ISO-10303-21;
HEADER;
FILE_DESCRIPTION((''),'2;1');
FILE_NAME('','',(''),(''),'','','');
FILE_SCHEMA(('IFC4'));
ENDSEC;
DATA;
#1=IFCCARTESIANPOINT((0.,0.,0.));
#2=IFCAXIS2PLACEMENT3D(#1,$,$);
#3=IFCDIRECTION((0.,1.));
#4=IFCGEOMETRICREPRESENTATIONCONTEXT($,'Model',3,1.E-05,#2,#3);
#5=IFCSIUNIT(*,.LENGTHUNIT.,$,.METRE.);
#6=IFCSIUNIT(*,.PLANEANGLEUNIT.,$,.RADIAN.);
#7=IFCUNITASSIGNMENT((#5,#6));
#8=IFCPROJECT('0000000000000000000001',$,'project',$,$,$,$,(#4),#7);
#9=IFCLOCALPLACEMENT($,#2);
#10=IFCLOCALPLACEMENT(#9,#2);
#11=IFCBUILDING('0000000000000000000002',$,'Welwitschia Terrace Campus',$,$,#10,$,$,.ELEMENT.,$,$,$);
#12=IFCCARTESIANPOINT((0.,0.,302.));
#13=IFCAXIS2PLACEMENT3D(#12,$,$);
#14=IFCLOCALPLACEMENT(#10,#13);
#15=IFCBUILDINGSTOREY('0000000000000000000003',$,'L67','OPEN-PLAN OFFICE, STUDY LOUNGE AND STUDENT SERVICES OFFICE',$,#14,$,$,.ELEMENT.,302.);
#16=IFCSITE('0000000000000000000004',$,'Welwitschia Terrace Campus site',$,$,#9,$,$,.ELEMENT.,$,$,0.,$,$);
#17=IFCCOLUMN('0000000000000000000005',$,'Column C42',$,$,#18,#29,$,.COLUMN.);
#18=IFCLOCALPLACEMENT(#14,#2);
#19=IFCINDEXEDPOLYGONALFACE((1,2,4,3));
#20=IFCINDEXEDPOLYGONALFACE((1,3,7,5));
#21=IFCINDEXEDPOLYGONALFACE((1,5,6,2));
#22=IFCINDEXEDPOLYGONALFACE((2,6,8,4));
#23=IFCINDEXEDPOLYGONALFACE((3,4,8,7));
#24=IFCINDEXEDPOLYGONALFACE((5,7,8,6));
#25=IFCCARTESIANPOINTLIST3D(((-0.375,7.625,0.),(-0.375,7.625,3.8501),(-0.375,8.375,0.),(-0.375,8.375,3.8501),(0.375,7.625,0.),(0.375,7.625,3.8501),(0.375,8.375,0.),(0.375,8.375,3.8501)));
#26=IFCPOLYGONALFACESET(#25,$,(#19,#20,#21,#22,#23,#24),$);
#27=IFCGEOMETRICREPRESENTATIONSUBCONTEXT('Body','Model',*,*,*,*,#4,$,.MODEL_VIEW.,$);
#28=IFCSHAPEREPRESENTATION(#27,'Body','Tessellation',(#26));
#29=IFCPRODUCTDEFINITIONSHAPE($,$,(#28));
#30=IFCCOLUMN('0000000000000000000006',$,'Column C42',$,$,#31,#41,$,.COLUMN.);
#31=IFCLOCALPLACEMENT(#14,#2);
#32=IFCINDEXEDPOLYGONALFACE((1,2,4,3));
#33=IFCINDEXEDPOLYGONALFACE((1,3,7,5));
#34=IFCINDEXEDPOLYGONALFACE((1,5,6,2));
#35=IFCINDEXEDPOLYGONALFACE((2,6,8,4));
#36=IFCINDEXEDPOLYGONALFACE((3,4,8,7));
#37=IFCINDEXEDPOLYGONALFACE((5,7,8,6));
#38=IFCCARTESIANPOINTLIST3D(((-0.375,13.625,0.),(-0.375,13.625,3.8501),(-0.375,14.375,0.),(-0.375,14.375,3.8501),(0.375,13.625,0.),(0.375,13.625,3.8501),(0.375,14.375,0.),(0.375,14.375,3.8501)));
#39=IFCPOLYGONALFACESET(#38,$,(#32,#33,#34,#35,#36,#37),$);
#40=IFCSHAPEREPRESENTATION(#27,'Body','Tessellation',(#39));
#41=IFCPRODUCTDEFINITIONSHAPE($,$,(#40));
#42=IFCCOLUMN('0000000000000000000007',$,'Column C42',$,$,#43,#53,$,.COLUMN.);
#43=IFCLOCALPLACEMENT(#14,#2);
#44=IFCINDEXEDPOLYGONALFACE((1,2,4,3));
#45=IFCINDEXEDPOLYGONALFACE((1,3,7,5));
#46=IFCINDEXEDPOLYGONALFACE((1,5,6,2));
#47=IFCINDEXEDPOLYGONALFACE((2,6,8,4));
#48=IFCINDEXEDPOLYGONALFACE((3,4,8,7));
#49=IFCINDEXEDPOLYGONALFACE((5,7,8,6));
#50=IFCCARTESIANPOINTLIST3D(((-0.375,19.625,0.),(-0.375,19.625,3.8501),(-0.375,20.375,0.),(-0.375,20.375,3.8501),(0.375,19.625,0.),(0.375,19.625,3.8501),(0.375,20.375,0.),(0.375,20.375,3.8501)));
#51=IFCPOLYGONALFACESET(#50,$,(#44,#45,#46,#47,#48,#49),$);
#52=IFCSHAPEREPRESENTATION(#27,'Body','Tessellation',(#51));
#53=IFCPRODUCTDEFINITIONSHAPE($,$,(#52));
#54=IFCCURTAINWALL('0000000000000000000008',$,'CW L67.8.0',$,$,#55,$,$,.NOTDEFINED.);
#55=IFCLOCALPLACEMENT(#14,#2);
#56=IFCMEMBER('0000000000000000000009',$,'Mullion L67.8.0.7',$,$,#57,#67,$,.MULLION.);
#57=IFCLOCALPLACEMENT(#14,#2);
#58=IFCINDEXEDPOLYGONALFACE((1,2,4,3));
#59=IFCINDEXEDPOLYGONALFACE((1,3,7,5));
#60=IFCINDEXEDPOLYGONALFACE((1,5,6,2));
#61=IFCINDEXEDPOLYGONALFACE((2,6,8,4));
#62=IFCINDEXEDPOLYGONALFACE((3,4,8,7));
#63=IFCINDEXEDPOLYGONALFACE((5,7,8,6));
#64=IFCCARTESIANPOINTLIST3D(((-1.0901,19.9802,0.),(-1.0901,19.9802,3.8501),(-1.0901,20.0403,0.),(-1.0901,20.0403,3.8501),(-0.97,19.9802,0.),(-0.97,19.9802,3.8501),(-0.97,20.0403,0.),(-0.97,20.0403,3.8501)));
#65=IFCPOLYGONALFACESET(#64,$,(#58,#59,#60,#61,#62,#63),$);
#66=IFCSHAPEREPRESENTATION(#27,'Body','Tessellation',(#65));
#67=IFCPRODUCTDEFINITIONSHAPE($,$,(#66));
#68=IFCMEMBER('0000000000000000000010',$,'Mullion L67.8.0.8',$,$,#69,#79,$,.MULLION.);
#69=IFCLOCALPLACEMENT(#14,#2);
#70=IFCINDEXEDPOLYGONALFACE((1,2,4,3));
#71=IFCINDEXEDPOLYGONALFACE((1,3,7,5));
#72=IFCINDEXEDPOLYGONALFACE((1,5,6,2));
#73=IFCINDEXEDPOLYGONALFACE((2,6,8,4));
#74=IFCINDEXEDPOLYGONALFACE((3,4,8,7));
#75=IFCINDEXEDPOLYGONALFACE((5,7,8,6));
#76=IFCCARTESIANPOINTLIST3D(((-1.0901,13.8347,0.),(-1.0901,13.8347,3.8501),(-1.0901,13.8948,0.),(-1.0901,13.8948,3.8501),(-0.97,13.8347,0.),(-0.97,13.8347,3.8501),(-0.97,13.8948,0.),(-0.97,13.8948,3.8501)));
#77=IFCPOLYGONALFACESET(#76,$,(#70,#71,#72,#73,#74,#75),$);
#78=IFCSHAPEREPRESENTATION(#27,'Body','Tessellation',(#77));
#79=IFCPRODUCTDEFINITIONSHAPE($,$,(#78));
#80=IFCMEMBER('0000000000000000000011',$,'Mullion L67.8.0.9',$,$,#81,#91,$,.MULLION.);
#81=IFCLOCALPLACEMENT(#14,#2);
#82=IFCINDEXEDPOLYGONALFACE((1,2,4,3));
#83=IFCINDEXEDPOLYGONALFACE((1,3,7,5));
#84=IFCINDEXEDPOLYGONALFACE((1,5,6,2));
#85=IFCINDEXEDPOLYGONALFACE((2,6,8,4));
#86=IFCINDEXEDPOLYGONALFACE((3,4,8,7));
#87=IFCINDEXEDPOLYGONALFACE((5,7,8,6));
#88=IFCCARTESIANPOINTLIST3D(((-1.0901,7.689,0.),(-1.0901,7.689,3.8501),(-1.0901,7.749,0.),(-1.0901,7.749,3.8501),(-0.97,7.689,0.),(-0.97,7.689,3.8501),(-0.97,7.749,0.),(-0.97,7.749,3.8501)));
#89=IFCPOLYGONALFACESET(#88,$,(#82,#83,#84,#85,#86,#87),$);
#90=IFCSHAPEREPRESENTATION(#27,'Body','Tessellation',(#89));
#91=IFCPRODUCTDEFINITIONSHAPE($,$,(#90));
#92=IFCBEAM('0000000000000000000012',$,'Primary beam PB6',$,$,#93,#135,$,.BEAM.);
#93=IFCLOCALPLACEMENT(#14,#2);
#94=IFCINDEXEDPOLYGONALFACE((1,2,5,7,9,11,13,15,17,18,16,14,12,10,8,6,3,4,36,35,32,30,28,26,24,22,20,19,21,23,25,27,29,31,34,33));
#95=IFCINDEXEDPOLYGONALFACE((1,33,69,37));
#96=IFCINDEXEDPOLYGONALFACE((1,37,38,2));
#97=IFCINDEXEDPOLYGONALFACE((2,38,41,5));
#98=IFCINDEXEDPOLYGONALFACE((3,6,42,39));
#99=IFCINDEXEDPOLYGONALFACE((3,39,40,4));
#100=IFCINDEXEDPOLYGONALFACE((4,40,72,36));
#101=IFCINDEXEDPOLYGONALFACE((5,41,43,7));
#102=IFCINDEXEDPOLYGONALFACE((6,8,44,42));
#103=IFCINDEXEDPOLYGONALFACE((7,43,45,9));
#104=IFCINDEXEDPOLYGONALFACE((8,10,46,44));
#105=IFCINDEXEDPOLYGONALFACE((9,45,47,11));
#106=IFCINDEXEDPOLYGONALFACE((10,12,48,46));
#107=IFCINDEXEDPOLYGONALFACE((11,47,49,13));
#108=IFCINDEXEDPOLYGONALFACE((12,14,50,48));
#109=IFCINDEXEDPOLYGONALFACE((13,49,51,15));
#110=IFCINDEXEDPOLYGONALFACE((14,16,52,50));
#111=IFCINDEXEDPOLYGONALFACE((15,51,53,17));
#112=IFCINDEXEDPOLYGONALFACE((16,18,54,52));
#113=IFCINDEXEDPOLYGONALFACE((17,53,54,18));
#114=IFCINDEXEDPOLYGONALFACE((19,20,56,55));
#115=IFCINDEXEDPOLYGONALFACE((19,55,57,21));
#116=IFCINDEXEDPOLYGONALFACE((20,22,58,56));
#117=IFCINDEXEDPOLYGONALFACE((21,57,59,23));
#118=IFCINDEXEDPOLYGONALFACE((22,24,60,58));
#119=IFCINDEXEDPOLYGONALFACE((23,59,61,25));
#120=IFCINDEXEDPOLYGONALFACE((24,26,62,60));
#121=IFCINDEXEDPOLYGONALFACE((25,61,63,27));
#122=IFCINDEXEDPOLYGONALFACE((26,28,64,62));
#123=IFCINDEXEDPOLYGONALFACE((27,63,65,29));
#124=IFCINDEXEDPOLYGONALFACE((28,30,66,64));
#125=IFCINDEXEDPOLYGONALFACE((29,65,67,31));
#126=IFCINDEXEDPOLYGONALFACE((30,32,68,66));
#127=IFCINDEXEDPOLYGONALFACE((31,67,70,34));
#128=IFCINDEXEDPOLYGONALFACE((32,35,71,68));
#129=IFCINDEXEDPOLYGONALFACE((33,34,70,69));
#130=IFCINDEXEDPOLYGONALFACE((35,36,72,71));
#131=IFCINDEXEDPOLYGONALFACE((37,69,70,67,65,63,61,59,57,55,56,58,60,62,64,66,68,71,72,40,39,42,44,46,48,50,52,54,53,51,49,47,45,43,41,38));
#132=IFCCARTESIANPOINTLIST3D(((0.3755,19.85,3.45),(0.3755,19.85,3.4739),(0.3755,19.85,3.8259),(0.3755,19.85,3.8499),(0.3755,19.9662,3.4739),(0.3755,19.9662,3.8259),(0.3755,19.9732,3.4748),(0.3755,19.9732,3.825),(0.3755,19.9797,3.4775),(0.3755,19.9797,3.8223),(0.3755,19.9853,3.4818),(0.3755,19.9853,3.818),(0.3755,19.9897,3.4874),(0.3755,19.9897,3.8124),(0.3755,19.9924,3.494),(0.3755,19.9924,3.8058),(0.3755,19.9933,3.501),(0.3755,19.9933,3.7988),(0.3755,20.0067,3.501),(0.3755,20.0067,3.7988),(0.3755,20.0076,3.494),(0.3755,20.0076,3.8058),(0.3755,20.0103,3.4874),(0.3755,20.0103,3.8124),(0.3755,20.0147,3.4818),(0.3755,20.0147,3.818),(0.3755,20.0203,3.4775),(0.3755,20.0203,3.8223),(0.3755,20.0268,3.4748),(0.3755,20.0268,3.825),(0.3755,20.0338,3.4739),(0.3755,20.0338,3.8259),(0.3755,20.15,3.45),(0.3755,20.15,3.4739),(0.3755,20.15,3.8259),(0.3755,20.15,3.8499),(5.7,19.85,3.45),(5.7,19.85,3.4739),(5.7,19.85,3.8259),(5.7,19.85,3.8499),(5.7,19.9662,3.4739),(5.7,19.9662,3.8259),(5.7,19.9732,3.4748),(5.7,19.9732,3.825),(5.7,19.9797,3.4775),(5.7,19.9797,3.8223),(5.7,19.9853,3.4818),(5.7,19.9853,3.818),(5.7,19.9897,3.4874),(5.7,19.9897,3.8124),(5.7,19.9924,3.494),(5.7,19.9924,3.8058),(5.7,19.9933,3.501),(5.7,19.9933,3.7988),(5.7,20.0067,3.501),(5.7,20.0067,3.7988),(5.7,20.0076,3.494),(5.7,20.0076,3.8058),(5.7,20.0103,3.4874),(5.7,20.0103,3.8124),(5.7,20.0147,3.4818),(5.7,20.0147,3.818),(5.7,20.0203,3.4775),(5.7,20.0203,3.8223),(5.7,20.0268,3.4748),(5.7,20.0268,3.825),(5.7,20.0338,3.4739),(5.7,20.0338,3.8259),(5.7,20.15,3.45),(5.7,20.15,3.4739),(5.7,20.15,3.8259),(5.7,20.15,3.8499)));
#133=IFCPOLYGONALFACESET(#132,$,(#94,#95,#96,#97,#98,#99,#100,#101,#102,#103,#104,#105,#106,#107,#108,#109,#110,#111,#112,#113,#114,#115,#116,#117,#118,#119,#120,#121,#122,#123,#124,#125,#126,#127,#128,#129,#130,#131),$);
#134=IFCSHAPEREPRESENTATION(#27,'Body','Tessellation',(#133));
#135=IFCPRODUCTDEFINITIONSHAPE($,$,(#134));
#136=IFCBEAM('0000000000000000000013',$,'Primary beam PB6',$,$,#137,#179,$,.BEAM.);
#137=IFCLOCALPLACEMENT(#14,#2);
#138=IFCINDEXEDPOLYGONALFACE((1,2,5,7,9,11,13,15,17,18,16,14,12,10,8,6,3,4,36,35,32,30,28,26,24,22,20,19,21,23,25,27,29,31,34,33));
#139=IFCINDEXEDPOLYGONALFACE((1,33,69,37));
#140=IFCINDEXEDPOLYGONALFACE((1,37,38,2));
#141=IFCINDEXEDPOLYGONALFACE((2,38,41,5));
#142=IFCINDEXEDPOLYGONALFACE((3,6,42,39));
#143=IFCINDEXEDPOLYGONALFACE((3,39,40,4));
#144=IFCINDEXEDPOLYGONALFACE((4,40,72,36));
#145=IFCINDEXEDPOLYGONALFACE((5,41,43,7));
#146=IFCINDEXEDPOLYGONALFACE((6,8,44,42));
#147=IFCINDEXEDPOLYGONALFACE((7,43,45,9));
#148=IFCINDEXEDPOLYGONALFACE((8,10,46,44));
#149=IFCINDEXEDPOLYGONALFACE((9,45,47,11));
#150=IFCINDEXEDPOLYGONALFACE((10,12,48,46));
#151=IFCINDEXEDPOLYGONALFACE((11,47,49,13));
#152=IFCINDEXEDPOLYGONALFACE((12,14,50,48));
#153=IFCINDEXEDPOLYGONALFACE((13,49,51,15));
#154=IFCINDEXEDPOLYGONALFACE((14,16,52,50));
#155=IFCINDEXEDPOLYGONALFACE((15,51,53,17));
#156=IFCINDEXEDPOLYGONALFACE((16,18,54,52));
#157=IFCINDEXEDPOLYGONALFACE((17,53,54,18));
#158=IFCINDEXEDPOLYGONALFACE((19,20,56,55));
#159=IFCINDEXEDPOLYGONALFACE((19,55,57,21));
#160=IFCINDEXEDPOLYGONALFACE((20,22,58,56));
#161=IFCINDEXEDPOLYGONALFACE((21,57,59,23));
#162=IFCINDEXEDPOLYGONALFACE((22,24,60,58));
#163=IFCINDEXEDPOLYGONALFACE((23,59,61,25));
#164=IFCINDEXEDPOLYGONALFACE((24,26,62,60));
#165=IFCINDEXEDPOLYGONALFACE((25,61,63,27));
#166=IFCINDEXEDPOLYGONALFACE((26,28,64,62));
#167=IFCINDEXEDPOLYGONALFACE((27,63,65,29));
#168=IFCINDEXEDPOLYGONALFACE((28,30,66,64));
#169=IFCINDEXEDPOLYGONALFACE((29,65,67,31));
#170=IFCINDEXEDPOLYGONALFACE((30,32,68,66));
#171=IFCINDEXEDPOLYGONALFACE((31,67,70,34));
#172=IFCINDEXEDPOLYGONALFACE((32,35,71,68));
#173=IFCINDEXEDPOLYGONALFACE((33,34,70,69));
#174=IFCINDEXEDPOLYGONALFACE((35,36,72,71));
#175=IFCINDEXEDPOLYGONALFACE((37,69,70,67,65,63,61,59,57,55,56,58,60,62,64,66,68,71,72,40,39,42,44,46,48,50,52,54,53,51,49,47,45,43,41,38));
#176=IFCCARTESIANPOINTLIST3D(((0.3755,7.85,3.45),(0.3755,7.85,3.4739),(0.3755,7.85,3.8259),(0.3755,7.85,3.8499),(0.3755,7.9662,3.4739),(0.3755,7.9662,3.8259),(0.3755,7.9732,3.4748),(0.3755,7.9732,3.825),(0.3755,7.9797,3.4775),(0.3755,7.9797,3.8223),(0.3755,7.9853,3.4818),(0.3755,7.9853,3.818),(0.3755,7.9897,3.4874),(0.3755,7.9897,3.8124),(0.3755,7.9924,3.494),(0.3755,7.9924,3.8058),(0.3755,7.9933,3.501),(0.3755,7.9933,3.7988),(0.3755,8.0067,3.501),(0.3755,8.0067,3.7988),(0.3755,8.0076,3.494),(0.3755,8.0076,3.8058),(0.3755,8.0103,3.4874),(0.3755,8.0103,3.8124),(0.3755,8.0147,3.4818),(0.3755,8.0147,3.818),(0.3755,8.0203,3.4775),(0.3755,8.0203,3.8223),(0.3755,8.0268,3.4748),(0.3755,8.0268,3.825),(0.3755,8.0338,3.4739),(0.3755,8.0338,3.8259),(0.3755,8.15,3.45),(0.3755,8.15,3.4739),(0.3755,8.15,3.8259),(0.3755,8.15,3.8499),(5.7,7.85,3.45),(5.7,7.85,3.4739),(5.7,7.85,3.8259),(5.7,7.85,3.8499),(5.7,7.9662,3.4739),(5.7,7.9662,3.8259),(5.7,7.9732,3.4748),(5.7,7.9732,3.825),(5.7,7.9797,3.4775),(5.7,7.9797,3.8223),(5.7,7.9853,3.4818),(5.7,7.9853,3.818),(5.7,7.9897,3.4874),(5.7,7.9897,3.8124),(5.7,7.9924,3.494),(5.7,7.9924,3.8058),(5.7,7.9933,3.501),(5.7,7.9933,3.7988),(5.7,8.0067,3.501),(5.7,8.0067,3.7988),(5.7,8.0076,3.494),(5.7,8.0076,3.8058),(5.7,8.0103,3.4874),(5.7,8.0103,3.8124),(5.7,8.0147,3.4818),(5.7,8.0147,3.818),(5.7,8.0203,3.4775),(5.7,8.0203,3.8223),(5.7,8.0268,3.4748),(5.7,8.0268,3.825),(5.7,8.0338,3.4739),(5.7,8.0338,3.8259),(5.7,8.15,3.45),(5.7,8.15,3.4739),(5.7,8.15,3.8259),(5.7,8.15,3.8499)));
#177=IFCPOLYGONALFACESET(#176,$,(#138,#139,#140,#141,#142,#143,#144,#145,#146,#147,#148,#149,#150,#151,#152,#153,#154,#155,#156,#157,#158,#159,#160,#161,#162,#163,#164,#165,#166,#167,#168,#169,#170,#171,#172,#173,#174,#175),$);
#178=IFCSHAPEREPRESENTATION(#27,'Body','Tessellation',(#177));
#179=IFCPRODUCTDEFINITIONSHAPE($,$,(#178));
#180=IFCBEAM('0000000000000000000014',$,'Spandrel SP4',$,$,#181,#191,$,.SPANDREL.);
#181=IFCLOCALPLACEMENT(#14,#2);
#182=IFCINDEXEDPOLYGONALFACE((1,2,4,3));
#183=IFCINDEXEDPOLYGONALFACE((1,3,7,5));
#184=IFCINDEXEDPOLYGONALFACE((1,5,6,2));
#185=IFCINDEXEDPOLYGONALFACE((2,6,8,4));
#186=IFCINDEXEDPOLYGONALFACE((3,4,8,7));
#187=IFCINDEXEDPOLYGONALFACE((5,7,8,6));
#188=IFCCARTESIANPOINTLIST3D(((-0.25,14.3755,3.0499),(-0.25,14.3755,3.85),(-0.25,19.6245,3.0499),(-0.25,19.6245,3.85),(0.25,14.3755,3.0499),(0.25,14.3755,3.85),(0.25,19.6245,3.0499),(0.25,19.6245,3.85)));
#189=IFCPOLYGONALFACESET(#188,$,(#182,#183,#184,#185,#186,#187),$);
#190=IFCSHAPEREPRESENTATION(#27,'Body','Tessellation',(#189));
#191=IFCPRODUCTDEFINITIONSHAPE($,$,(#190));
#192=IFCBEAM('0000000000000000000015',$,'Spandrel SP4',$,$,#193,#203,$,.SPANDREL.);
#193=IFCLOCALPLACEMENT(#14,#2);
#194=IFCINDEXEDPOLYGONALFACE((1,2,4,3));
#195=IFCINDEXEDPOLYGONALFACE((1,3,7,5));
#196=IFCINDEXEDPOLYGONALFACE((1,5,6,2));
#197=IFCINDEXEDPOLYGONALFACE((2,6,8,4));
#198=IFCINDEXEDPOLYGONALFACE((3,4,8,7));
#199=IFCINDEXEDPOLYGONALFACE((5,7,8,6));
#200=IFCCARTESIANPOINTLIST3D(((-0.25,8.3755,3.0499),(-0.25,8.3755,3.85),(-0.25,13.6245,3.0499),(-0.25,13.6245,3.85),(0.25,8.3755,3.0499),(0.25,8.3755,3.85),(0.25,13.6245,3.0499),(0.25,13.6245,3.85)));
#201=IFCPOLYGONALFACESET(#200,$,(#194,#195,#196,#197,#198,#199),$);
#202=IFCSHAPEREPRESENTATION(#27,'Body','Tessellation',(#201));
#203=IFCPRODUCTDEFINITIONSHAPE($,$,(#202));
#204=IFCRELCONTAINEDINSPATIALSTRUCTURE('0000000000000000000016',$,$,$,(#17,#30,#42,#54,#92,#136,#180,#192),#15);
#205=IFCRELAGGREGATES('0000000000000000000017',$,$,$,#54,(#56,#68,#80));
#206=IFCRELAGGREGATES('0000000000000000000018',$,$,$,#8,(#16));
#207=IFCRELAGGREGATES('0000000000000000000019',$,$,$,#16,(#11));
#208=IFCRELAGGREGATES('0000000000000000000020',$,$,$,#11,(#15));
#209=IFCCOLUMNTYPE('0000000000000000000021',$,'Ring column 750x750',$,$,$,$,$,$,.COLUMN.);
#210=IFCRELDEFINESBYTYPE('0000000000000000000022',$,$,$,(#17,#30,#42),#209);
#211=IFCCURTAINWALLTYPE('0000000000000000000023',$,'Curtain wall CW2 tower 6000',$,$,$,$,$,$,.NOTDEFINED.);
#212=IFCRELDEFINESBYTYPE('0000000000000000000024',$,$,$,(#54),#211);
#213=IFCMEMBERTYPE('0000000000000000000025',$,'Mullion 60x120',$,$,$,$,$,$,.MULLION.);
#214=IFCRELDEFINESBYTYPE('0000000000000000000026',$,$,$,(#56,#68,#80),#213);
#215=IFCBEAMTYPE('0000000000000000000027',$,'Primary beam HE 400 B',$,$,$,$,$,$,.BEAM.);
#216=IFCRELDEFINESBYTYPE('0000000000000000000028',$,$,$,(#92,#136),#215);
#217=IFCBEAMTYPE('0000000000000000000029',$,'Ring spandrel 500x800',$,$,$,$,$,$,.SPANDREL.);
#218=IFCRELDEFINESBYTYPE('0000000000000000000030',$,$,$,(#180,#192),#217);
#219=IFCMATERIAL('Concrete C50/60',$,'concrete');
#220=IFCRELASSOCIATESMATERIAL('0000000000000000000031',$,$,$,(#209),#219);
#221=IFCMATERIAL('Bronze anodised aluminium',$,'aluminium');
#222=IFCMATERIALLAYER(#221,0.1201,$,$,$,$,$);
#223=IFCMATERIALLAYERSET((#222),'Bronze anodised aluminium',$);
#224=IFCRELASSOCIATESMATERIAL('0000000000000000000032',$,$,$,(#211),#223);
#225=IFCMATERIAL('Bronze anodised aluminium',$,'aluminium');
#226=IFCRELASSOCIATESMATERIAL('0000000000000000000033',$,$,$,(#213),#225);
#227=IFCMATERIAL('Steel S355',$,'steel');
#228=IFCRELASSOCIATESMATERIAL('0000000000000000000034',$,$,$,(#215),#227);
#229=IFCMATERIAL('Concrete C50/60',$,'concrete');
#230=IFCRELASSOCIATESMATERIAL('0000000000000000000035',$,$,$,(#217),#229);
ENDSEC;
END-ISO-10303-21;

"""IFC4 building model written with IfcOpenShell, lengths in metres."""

from ifc_helpers import new_model, si_unit, direction, frame, origin, origin_2d, place, context, subcontext, project, spatial, rectangle, i_section, extrude, material, layer, layer_set, material_profile, profile_set, type_object, element, aggregate, save


model = new_model("IFC4")

# Units and contexts
model_context = context("Model", 3, precision=1e-05, world=origin(), true_north=direction((0.0, 1.0)))
body_context = subcontext(model_context, "Body", "Model", "MODEL_VIEW")
ifc_project = project(units=[si_unit("LENGTHUNIT", "METRE"), si_unit("PLANEANGLEUNIT", "RADIAN")], contexts=[model_context])

# Site, building, storey
site_placement = place(None, origin())
site = spatial("IfcSite", under=ifc_project, at=site_placement, Name="Welwitschia Terrace Campus site", CompositionType="ELEMENT", RefElevation=0.0)
building_placement = place(site_placement, origin())
building = spatial("IfcBuilding", under=site, at=building_placement, Name="Welwitschia Terrace Campus", CompositionType="ELEMENT")
storey_placement = place(building_placement, frame((0.0, 0.0, 302.0)))
storey = spatial("IfcBuildingStorey", under=building, at=storey_placement, Name="L67", Description="OPEN-PLAN OFFICE, STUDY LOUNGE AND STUDENT SERVICES OFFICE", CompositionType="ELEMENT", Elevation=302.0)

# Columns
ifc_material_1 = material(Name="Concrete C50/60", Category="concrete")
ifc_material_profile_1 = material_profile(ifc_material_1, rectangle(XDim=0.75, YDim=0.75, at=origin_2d()))
ifc_profile_set_1 = profile_set([ifc_material_profile_1], Name="Concrete C50/60")
column_type = type_object("IfcColumnType", Name="Ring column 750x750", PredefinedType="COLUMN", material=ifc_profile_set_1)
for number, where, z_axis, x_axis, name in (
    (1, (0.0, 8.0, 0.0), (0.0, 0.0, 1.0), (1.0, 0.0, 0.0), "Column C42"),
    (2, (0.0, 14.0, 0.0), (0.0, 0.0, 1.0), (1.0, 0.0, 0.0), "Column C42"),
    (3, (0.0, 20.0, 0.0), (0.0, 0.0, 1.0), (1.0, 0.0, 0.0), "Column C42"),
):
    element("IfcColumn", number, at=place(storey_placement, frame(where, z_axis=z_axis, x_axis=x_axis)), inside=storey, type_object=column_type, Name=name, PredefinedType="COLUMN", context=body_context, shape_type="SweptSolid", body=[
        extrude(rectangle(XDim=0.75, YDim=0.75, at=origin_2d()), origin(), (0.0, 0.0, 1.0), 3.8501),
    ])

# Curtain wall, members
ifc_material_2 = material(Name="Bronze anodised aluminium", Category="aluminium")
ifc_layer_1 = layer(ifc_material_2, 0.1201)
ifc_layer_set_1 = layer_set([ifc_layer_1], Name="Bronze anodised aluminium")
curtain_wall_type = type_object("IfcCurtainWallType", Name="Curtain wall CW2 tower 6000", PredefinedType="NOTDEFINED", material=ifc_layer_set_1)
curtain_wall_placement = place(storey_placement, origin())
curtain_wall = element("IfcCurtainWall", 4, at=curtain_wall_placement, inside=storey, type_object=curtain_wall_type, Name="CW L67.8.0", PredefinedType="NOTDEFINED")
ifc_material_3 = material(Name="Bronze anodised aluminium", Category="aluminium")
ifc_material_profile_2 = material_profile(ifc_material_3, rectangle(XDim=0.1201, YDim=0.0601, at=origin_2d()))
ifc_profile_set_2 = profile_set([ifc_material_profile_2], Name="Bronze anodised aluminium")
member_type = type_object("IfcMemberType", Name="Mullion 60x120", PredefinedType="MULLION", material=ifc_profile_set_2)
member_1_placement = place(storey_placement, frame((-1.03, 20.0103, 0.0), z_axis=(0.0, 0.0, 1.0), x_axis=(1.0, 0.0, 0.0)))
member_1 = element("IfcMember", 5, at=member_1_placement, type_object=member_type, Name="Mullion L67.8.0.7", PredefinedType="MULLION", context=body_context, shape_type="SweptSolid", body=[
    extrude(rectangle(XDim=0.1201, YDim=0.0601, at=origin_2d()), origin(), (0.0, 0.0, 1.0), 3.8501),
])
member_2_placement = place(storey_placement, frame((-1.03, 13.8647, 0.0), z_axis=(0.0, 0.0, 1.0), x_axis=(1.0, 0.0, 0.0)))
member_2 = element("IfcMember", 6, at=member_2_placement, type_object=member_type, Name="Mullion L67.8.0.8", PredefinedType="MULLION", context=body_context, shape_type="SweptSolid", body=[
    extrude(rectangle(XDim=0.1201, YDim=0.0601, at=origin_2d()), origin(), (0.0, 0.0, 1.0), 3.8501),
])
member_3_placement = place(storey_placement, frame((-1.03, 7.719, 0.0), z_axis=(0.0, 0.0, 1.0), x_axis=(1.0, 0.0, 0.0)))
member_3 = element("IfcMember", 7, at=member_3_placement, type_object=member_type, Name="Mullion L67.8.0.9", PredefinedType="MULLION", context=body_context, shape_type="SweptSolid", body=[
    extrude(rectangle(XDim=0.1201, YDim=0.0601, at=origin_2d()), origin(), (0.0, 0.0, 1.0), 3.8501),
])

# Beams
ifc_material_4 = material(Name="Steel S355", Category="steel")
ifc_material_profile_3 = material_profile(ifc_material_4, i_section(OverallWidth=0.3, OverallDepth=0.3999, WebThickness=0.0134, FlangeThickness=0.0239, FilletRadius=0.0271, at=origin_2d()))
ifc_profile_set_3 = profile_set([ifc_material_profile_3], Name="Steel S355")
beam_type_1 = type_object("IfcBeamType", Name="Primary beam HE 400 B", PredefinedType="BEAM", material=ifc_profile_set_3)
for number, where, z_axis, x_axis, name in (
    (8, (0.3755, 20.0, 3.6499), (1.0, 0.0, 0.0), (0.0, 1.0, 0.0), "Primary beam PB6"),
    (9, (0.3755, 8.0, 3.6499), (1.0, 0.0, 0.0), (0.0, 1.0, 0.0), "Primary beam PB6"),
):
    element("IfcBeam", number, at=place(storey_placement, frame(where, z_axis=z_axis, x_axis=x_axis)), inside=storey, type_object=beam_type_1, Name=name, PredefinedType="BEAM", context=body_context, shape_type="SweptSolid", body=[
        extrude(i_section(OverallWidth=0.3, OverallDepth=0.3999, WebThickness=0.0134, FlangeThickness=0.0239, FilletRadius=0.0271, at=origin_2d()), origin(), (0.0, 0.0, 1.0), 5.3245),
    ])
ifc_material_5 = material(Name="Concrete C50/60", Category="concrete")
ifc_material_profile_4 = material_profile(ifc_material_5, rectangle(XDim=0.5, YDim=0.8, at=origin_2d()))
ifc_profile_set_4 = profile_set([ifc_material_profile_4], Name="Concrete C50/60")
beam_type_2 = type_object("IfcBeamType", Name="Ring spandrel 500x800", PredefinedType="SPANDREL", material=ifc_profile_set_4)
for number, where, z_axis, x_axis, name in (
    (10, (0.0, 19.6245, 3.45), (0.0, -1.0, 0.0), (1.0, 0.0, 0.0), "Spandrel SP4"),
    (11, (0.0, 13.6245, 3.45), (0.0, -1.0, 0.0), (1.0, 0.0, 0.0), "Spandrel SP4"),
):
    element("IfcBeam", number, at=place(storey_placement, frame(where, z_axis=z_axis, x_axis=x_axis)), inside=storey, type_object=beam_type_2, Name=name, PredefinedType="SPANDREL", context=body_context, shape_type="SweptSolid", body=[
        extrude(rectangle(XDim=0.5, YDim=0.8, at=origin_2d()), origin(), (0.0, 0.0, 1.0), 5.249),
    ])

aggregate(curtain_wall, [member_1, member_2, member_3])

save(model, "model.ifc")
